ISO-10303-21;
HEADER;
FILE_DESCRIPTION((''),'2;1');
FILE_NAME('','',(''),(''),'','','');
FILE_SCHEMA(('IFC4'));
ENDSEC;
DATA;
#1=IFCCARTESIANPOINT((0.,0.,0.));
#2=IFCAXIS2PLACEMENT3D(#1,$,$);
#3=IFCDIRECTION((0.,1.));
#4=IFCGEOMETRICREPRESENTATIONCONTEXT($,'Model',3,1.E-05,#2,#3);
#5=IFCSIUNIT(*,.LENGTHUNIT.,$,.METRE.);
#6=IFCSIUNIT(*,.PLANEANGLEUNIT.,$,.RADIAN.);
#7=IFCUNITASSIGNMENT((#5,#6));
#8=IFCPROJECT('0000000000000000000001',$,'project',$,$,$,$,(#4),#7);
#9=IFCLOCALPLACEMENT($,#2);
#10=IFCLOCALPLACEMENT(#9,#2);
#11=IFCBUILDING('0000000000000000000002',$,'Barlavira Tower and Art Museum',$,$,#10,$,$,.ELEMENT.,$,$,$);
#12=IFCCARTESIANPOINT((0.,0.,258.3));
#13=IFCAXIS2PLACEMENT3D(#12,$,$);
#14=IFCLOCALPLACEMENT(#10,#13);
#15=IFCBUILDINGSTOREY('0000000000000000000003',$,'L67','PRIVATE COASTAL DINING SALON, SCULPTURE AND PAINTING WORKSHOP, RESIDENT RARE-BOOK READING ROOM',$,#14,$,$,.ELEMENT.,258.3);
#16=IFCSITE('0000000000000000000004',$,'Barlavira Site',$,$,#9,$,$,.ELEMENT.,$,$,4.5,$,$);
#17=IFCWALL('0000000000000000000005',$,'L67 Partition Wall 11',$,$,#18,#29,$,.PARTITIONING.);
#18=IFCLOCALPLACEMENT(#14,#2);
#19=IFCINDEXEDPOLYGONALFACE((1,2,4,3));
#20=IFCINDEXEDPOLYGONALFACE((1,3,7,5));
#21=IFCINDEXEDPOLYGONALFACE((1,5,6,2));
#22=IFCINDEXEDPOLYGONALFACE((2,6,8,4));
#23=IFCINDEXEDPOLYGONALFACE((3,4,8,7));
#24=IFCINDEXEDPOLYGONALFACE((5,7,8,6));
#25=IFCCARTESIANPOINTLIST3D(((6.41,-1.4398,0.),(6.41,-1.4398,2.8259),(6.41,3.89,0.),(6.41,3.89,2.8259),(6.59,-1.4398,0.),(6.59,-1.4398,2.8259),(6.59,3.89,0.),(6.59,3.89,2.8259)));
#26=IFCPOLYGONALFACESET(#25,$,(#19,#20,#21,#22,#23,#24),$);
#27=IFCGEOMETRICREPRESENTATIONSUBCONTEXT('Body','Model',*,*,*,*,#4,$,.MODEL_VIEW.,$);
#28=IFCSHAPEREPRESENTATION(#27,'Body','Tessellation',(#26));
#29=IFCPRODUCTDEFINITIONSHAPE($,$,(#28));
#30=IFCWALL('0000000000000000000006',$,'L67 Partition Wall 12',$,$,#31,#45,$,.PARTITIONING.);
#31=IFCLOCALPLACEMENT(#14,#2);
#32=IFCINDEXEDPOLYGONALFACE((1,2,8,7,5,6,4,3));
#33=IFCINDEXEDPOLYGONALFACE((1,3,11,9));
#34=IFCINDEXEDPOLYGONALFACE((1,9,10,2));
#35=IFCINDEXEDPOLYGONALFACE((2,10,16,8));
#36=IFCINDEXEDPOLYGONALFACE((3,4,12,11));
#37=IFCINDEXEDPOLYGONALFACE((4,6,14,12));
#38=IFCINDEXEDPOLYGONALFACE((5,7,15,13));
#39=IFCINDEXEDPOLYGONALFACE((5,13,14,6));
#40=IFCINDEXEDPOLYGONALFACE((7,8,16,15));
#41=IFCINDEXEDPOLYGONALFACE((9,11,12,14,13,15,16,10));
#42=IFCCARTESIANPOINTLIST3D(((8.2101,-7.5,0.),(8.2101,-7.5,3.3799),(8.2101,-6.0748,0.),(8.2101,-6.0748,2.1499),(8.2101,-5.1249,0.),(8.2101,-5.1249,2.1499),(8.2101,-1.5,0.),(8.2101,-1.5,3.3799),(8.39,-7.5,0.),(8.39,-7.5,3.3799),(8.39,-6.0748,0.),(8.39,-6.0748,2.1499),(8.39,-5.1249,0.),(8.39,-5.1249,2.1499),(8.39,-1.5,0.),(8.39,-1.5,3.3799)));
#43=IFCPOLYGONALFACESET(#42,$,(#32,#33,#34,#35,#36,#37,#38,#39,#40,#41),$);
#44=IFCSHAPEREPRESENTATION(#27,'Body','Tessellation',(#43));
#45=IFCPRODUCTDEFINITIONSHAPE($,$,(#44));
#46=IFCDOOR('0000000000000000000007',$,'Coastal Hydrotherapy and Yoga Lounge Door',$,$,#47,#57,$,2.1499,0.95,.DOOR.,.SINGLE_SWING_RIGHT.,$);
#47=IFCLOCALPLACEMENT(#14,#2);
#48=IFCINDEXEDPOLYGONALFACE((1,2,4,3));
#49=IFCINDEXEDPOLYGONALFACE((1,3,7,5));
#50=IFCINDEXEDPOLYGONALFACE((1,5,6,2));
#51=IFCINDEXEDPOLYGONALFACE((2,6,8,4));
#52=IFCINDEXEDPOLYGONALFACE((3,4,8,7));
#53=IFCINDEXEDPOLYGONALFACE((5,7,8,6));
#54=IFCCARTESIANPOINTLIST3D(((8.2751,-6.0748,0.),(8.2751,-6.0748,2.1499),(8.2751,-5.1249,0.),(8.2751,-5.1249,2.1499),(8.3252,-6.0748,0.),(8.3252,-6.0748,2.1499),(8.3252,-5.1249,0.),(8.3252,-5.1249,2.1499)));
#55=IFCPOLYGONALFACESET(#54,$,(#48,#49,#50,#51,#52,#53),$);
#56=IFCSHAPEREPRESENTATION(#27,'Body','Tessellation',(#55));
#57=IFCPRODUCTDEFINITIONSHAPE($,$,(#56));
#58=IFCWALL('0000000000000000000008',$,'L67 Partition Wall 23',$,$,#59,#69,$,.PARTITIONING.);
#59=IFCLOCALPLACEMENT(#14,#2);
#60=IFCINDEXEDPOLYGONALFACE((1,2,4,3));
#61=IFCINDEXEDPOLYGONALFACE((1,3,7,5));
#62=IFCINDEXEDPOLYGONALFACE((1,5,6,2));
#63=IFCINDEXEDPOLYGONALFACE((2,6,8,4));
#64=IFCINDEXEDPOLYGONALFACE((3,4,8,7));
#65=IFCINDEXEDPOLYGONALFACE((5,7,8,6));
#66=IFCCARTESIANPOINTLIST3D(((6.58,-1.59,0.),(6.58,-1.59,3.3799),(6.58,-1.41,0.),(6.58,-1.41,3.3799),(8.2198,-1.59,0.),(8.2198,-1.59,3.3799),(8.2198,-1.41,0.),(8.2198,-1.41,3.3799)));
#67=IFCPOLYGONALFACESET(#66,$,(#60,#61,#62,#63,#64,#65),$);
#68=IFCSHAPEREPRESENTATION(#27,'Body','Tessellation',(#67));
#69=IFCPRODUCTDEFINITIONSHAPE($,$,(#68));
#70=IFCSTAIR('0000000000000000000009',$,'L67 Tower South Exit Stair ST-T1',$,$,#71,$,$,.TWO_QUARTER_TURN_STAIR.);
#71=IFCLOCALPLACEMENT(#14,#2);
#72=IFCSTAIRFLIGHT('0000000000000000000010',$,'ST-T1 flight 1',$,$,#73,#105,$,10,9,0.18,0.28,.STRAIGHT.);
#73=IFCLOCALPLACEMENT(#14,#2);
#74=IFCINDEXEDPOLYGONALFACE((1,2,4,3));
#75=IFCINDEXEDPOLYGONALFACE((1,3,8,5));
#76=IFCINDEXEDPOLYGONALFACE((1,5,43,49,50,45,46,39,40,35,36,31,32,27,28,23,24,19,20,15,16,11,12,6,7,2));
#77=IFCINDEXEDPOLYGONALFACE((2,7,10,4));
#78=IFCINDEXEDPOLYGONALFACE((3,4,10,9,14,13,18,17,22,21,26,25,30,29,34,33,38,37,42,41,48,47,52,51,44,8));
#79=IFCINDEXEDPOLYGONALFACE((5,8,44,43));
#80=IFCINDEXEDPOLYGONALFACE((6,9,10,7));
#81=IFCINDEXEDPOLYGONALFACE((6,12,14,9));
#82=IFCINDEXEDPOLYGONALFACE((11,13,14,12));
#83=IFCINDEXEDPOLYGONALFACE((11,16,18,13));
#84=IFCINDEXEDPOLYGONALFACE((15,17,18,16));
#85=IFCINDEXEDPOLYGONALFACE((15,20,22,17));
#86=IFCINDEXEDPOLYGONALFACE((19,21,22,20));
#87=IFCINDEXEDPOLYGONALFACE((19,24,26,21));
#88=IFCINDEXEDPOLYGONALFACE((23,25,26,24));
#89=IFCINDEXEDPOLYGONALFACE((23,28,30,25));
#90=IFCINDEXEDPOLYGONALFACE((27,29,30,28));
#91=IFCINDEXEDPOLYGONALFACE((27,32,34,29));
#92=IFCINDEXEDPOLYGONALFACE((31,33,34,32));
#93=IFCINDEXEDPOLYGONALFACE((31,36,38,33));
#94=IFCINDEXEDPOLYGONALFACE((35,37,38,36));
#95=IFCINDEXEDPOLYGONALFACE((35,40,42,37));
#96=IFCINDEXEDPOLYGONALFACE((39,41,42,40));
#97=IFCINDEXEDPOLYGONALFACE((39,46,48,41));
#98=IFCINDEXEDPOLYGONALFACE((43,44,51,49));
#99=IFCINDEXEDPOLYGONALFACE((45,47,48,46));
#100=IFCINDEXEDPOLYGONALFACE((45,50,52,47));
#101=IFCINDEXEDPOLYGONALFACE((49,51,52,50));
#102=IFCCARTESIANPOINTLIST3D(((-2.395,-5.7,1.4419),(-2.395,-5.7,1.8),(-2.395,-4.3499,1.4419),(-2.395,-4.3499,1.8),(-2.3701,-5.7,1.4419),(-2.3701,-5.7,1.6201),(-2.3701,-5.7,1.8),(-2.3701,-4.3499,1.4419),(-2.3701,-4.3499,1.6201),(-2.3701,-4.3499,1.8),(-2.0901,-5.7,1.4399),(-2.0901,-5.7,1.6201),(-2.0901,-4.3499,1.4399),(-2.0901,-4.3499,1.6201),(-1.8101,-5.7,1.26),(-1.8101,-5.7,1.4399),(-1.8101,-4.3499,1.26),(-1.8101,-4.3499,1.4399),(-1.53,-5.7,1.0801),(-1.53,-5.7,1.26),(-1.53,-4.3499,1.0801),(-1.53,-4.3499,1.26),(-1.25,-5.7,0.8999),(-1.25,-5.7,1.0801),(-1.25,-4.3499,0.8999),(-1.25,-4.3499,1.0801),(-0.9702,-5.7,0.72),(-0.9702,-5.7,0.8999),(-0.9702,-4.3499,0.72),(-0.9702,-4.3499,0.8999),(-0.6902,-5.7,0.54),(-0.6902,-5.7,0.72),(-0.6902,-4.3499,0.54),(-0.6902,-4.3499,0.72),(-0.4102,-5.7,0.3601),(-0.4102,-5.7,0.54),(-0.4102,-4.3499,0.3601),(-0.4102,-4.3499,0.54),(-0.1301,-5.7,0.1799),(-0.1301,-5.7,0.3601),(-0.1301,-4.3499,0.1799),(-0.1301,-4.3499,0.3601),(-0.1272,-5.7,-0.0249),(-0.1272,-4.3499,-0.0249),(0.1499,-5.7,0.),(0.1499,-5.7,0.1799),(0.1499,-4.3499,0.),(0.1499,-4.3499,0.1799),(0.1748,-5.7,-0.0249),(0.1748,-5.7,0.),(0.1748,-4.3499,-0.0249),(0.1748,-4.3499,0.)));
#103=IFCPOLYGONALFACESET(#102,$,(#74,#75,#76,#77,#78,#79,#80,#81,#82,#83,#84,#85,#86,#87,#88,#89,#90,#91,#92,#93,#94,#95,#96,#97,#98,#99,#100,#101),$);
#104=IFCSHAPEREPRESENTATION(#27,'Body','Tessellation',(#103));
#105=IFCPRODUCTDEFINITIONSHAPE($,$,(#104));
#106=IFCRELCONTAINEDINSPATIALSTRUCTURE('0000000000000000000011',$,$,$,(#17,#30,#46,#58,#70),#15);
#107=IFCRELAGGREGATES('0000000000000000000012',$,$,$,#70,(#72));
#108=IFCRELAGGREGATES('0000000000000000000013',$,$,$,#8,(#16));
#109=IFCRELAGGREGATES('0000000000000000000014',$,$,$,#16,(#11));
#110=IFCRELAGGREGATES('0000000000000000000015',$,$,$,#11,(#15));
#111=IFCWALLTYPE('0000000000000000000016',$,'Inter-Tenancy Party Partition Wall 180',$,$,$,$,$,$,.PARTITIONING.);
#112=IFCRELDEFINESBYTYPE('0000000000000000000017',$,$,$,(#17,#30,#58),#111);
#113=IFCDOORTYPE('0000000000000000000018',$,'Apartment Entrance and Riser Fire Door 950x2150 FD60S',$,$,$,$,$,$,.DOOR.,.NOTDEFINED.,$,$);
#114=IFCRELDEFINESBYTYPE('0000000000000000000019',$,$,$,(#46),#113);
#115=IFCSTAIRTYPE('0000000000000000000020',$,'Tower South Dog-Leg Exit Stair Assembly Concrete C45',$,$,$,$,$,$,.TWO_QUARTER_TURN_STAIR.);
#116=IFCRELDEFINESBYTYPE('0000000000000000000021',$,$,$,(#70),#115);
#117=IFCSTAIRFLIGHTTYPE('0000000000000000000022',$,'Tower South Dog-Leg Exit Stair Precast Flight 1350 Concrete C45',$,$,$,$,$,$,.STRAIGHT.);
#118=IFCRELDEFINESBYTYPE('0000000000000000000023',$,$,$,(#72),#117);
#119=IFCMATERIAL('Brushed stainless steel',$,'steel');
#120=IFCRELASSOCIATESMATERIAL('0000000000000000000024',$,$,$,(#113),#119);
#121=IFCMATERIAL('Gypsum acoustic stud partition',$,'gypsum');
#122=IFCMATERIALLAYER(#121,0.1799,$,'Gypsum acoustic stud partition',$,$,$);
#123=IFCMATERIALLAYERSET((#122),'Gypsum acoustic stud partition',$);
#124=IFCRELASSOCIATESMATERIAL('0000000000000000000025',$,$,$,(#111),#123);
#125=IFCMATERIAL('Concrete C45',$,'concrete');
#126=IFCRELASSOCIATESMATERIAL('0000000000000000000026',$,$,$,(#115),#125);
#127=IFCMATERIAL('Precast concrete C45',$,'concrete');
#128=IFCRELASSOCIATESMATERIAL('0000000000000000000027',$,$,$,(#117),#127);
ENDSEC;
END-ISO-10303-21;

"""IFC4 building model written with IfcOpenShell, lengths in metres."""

from ifc_helpers import new_model, si_unit, direction, frame, frame_2d, origin, place, context, subcontext, project, spatial, polyline, rectangle, outline, extrude, material, layer, layer_set, type_object, element, fill, aggregate, save


model = new_model("IFC4")

# Units and contexts
model_context = context("Model", 3, precision=1e-05, world=origin(), true_north=direction((0.0, 1.0)))
body_context = subcontext(model_context, "Body", "Model", "MODEL_VIEW")
ifc_project = project(units=[si_unit("LENGTHUNIT", "METRE"), si_unit("PLANEANGLEUNIT", "RADIAN")], contexts=[model_context])

# Site, building, storey
site_placement = place(None, origin())
site = spatial("IfcSite", under=ifc_project, at=site_placement, Name="Barlavira Site", CompositionType="ELEMENT", RefElevation=4.5)
building_placement = place(site_placement, origin())
building = spatial("IfcBuilding", under=site, at=building_placement, Name="Barlavira Tower and Art Museum", CompositionType="ELEMENT")
storey_placement = place(building_placement, frame((0.0, 0.0, 258.3)))
storey = spatial("IfcBuildingStorey", under=building, at=storey_placement, Name="L67", Description="PRIVATE COASTAL DINING SALON, SCULPTURE AND PAINTING WORKSHOP, RESIDENT RARE-BOOK READING ROOM", CompositionType="ELEMENT", Elevation=258.3)

# Shared definitions
ifc_material_1 = material(Name="Brushed stainless steel", Category="steel")

# Shared definitions
door_type_1 = type_object("IfcDoorType", Name="Apartment Entrance and Riser Fire Door 950x2150 FD60S", OperationType="NOTDEFINED", PredefinedType="DOOR", material=ifc_material_1)

# Wall
ifc_material_2 = material(Name="Gypsum acoustic stud partition", Category="gypsum")
ifc_layer_1 = layer(ifc_material_2, 0.1799, Name="Gypsum acoustic stud partition")
ifc_layer_set_1 = layer_set([ifc_layer_1], Name="Gypsum acoustic stud partition")
wall_type_1 = type_object("IfcWallType", Name="Inter-Tenancy Party Partition Wall 180", PredefinedType="PARTITIONING", material=ifc_layer_set_1)
wall_1_placement = place(storey_placement, frame((6.5, -1.4399, 0.0), z_axis=(0.0, 0.0, 1.0), x_axis=(0.0, 1.0, 0.0)))
element("IfcWall", 1, at=wall_1_placement, inside=storey, type_object=wall_type_1, Name="L67 Partition Wall 11", PredefinedType="PARTITIONING", context=body_context, shape_type="SweptSolid", body=[
    extrude(rectangle(XDim=5.3298, YDim=0.1799, at=frame_2d((2.665, 0.0))), origin(), (0.0, 0.0, 1.0), 2.8259),
])

# Wall, opening, door
wall_2_placement = place(storey_placement, frame((8.3, -7.5, 0.0), z_axis=(0.0, 0.0, 1.0), x_axis=(0.0, 1.0, 0.0)))
wall_2 = element("IfcWall", 2, at=wall_2_placement, inside=storey, type_object=wall_type_1, Name="L67 Partition Wall 12", PredefinedType="PARTITIONING", context=body_context, shape_type="SweptSolid", body=[
    extrude(rectangle(XDim=6.0, YDim=0.1799, at=frame_2d((3.0, 0.0))), origin(), (0.0, 0.0, 1.0), 3.3799),
])
opening_1_placement = place(wall_2_placement, frame((1.425, 0.0, 0.0)))
opening_1 = element("IfcOpeningElement", 3, at=opening_1_placement, cuts=wall_2, PredefinedType="OPENING", context=body_context, shape_type="SweptSolid", body=[
    extrude(rectangle(XDim=0.95, YDim=2.1499, at=frame_2d((0.4751, 1.075))), frame((0.0, 0.1001, 0.0), z_axis=(0.0, -1.0, 0.0), x_axis=(1.0, 0.0, 0.0)), (0.0, 0.0, 1.0), 0.2),
])
door_1_placement = place(opening_1_placement, origin())
door_1 = element("IfcDoor", 4, at=door_1_placement, inside=storey, type_object=door_type_1, Name="Coastal Hydrotherapy and Yoga Lounge Door", OperationType="SINGLE_SWING_RIGHT", OverallHeight=2.1499, OverallWidth=0.95, PredefinedType="DOOR", context=body_context, shape_type="SweptSolid", body=[
    extrude(rectangle(XDim=0.95, YDim=2.1499, at=frame_2d((0.4751, 1.075))), frame((0.0, 0.0249, 0.0), z_axis=(0.0, -1.0, 0.0), x_axis=(1.0, 0.0, 0.0)), (0.0, 0.0, 1.0), 0.05),
])
fill(opening_1, door_1)

# Wall
wall_3_placement = place(storey_placement, frame((6.5801, -1.5, 0.0), z_axis=(0.0, 0.0, 1.0), x_axis=(1.0, 0.0, 0.0)))
element("IfcWall", 5, at=wall_3_placement, inside=storey, type_object=wall_type_1, Name="L67 Partition Wall 23", PredefinedType="PARTITIONING", context=body_context, shape_type="SweptSolid", body=[
    extrude(rectangle(XDim=1.6399, YDim=0.1799, at=frame_2d((0.8198, 0.0))), origin(), (0.0, 0.0, 1.0), 3.3799),
])

# Stair, stair flight
ifc_material_3 = material(Name="Concrete C45", Category="concrete")
stair_type = type_object("IfcStairType", Name="Tower South Dog-Leg Exit Stair Assembly Concrete C45", PredefinedType="TWO_QUARTER_TURN_STAIR", material=ifc_material_3)
stair_placement = place(storey_placement, origin())
stair = element("IfcStair", 6, at=stair_placement, inside=storey, type_object=stair_type, Name="L67 Tower South Exit Stair ST-T1", PredefinedType="TWO_QUARTER_TURN_STAIR")
ifc_material_4 = material(Name="Precast concrete C45", Category="concrete")
stair_flight_type = type_object("IfcStairFlightType", Name="Tower South Dog-Leg Exit Stair Precast Flight 1350 Concrete C45", PredefinedType="STRAIGHT", material=ifc_material_4)
stair_flight_placement = place(storey_placement, frame((0.1499, -5.0249, 0.0), z_axis=(0.0, 0.0, 1.0), x_axis=(-1.0, 0.0, 0.0)))
stair_flight = element("IfcStairFlight", 7, at=stair_flight_placement, type_object=stair_flight_type, Name="ST-T1 flight 1", NumberOfRisers=10, NumberOfTreads=9, PredefinedType="STRAIGHT", RiserHeight=0.18, TreadLength=0.28, context=body_context, shape_type="SweptSolid", body=[
    extrude(outline(polyline([(-0.0249, 0.0), (0.0, 0.0), (0.0, 0.1799), (0.28, 0.1799), (0.28, 0.3601), (0.5601, 0.3601), (0.5601, 0.54), (0.8401, 0.54), (0.8401, 0.72), (1.1201, 0.72), (1.1201, 0.8999), (1.3999, 0.8999), (1.3999, 1.0801), (1.6799, 1.0801), (1.6799, 1.26), (1.96, 1.26), (1.96, 1.4399), (2.24, 1.4399), (2.24, 1.6201), (2.52, 1.6201), (2.52, 1.8), (2.5449, 1.8), (2.5449, 1.4419), (2.52, 1.4419), (0.2771, -0.0249), (-0.0249, -0.0249), (-0.0249, 0.0)])), frame((0.0, 0.675, 0.0), z_axis=(0.0, -1.0, 0.0), x_axis=(1.0, 0.0, 0.0)), (0.0, 0.0, 1.0), 1.3501),
])
aggregate(stair, [stair_flight])

save(model, "model.ifc")
